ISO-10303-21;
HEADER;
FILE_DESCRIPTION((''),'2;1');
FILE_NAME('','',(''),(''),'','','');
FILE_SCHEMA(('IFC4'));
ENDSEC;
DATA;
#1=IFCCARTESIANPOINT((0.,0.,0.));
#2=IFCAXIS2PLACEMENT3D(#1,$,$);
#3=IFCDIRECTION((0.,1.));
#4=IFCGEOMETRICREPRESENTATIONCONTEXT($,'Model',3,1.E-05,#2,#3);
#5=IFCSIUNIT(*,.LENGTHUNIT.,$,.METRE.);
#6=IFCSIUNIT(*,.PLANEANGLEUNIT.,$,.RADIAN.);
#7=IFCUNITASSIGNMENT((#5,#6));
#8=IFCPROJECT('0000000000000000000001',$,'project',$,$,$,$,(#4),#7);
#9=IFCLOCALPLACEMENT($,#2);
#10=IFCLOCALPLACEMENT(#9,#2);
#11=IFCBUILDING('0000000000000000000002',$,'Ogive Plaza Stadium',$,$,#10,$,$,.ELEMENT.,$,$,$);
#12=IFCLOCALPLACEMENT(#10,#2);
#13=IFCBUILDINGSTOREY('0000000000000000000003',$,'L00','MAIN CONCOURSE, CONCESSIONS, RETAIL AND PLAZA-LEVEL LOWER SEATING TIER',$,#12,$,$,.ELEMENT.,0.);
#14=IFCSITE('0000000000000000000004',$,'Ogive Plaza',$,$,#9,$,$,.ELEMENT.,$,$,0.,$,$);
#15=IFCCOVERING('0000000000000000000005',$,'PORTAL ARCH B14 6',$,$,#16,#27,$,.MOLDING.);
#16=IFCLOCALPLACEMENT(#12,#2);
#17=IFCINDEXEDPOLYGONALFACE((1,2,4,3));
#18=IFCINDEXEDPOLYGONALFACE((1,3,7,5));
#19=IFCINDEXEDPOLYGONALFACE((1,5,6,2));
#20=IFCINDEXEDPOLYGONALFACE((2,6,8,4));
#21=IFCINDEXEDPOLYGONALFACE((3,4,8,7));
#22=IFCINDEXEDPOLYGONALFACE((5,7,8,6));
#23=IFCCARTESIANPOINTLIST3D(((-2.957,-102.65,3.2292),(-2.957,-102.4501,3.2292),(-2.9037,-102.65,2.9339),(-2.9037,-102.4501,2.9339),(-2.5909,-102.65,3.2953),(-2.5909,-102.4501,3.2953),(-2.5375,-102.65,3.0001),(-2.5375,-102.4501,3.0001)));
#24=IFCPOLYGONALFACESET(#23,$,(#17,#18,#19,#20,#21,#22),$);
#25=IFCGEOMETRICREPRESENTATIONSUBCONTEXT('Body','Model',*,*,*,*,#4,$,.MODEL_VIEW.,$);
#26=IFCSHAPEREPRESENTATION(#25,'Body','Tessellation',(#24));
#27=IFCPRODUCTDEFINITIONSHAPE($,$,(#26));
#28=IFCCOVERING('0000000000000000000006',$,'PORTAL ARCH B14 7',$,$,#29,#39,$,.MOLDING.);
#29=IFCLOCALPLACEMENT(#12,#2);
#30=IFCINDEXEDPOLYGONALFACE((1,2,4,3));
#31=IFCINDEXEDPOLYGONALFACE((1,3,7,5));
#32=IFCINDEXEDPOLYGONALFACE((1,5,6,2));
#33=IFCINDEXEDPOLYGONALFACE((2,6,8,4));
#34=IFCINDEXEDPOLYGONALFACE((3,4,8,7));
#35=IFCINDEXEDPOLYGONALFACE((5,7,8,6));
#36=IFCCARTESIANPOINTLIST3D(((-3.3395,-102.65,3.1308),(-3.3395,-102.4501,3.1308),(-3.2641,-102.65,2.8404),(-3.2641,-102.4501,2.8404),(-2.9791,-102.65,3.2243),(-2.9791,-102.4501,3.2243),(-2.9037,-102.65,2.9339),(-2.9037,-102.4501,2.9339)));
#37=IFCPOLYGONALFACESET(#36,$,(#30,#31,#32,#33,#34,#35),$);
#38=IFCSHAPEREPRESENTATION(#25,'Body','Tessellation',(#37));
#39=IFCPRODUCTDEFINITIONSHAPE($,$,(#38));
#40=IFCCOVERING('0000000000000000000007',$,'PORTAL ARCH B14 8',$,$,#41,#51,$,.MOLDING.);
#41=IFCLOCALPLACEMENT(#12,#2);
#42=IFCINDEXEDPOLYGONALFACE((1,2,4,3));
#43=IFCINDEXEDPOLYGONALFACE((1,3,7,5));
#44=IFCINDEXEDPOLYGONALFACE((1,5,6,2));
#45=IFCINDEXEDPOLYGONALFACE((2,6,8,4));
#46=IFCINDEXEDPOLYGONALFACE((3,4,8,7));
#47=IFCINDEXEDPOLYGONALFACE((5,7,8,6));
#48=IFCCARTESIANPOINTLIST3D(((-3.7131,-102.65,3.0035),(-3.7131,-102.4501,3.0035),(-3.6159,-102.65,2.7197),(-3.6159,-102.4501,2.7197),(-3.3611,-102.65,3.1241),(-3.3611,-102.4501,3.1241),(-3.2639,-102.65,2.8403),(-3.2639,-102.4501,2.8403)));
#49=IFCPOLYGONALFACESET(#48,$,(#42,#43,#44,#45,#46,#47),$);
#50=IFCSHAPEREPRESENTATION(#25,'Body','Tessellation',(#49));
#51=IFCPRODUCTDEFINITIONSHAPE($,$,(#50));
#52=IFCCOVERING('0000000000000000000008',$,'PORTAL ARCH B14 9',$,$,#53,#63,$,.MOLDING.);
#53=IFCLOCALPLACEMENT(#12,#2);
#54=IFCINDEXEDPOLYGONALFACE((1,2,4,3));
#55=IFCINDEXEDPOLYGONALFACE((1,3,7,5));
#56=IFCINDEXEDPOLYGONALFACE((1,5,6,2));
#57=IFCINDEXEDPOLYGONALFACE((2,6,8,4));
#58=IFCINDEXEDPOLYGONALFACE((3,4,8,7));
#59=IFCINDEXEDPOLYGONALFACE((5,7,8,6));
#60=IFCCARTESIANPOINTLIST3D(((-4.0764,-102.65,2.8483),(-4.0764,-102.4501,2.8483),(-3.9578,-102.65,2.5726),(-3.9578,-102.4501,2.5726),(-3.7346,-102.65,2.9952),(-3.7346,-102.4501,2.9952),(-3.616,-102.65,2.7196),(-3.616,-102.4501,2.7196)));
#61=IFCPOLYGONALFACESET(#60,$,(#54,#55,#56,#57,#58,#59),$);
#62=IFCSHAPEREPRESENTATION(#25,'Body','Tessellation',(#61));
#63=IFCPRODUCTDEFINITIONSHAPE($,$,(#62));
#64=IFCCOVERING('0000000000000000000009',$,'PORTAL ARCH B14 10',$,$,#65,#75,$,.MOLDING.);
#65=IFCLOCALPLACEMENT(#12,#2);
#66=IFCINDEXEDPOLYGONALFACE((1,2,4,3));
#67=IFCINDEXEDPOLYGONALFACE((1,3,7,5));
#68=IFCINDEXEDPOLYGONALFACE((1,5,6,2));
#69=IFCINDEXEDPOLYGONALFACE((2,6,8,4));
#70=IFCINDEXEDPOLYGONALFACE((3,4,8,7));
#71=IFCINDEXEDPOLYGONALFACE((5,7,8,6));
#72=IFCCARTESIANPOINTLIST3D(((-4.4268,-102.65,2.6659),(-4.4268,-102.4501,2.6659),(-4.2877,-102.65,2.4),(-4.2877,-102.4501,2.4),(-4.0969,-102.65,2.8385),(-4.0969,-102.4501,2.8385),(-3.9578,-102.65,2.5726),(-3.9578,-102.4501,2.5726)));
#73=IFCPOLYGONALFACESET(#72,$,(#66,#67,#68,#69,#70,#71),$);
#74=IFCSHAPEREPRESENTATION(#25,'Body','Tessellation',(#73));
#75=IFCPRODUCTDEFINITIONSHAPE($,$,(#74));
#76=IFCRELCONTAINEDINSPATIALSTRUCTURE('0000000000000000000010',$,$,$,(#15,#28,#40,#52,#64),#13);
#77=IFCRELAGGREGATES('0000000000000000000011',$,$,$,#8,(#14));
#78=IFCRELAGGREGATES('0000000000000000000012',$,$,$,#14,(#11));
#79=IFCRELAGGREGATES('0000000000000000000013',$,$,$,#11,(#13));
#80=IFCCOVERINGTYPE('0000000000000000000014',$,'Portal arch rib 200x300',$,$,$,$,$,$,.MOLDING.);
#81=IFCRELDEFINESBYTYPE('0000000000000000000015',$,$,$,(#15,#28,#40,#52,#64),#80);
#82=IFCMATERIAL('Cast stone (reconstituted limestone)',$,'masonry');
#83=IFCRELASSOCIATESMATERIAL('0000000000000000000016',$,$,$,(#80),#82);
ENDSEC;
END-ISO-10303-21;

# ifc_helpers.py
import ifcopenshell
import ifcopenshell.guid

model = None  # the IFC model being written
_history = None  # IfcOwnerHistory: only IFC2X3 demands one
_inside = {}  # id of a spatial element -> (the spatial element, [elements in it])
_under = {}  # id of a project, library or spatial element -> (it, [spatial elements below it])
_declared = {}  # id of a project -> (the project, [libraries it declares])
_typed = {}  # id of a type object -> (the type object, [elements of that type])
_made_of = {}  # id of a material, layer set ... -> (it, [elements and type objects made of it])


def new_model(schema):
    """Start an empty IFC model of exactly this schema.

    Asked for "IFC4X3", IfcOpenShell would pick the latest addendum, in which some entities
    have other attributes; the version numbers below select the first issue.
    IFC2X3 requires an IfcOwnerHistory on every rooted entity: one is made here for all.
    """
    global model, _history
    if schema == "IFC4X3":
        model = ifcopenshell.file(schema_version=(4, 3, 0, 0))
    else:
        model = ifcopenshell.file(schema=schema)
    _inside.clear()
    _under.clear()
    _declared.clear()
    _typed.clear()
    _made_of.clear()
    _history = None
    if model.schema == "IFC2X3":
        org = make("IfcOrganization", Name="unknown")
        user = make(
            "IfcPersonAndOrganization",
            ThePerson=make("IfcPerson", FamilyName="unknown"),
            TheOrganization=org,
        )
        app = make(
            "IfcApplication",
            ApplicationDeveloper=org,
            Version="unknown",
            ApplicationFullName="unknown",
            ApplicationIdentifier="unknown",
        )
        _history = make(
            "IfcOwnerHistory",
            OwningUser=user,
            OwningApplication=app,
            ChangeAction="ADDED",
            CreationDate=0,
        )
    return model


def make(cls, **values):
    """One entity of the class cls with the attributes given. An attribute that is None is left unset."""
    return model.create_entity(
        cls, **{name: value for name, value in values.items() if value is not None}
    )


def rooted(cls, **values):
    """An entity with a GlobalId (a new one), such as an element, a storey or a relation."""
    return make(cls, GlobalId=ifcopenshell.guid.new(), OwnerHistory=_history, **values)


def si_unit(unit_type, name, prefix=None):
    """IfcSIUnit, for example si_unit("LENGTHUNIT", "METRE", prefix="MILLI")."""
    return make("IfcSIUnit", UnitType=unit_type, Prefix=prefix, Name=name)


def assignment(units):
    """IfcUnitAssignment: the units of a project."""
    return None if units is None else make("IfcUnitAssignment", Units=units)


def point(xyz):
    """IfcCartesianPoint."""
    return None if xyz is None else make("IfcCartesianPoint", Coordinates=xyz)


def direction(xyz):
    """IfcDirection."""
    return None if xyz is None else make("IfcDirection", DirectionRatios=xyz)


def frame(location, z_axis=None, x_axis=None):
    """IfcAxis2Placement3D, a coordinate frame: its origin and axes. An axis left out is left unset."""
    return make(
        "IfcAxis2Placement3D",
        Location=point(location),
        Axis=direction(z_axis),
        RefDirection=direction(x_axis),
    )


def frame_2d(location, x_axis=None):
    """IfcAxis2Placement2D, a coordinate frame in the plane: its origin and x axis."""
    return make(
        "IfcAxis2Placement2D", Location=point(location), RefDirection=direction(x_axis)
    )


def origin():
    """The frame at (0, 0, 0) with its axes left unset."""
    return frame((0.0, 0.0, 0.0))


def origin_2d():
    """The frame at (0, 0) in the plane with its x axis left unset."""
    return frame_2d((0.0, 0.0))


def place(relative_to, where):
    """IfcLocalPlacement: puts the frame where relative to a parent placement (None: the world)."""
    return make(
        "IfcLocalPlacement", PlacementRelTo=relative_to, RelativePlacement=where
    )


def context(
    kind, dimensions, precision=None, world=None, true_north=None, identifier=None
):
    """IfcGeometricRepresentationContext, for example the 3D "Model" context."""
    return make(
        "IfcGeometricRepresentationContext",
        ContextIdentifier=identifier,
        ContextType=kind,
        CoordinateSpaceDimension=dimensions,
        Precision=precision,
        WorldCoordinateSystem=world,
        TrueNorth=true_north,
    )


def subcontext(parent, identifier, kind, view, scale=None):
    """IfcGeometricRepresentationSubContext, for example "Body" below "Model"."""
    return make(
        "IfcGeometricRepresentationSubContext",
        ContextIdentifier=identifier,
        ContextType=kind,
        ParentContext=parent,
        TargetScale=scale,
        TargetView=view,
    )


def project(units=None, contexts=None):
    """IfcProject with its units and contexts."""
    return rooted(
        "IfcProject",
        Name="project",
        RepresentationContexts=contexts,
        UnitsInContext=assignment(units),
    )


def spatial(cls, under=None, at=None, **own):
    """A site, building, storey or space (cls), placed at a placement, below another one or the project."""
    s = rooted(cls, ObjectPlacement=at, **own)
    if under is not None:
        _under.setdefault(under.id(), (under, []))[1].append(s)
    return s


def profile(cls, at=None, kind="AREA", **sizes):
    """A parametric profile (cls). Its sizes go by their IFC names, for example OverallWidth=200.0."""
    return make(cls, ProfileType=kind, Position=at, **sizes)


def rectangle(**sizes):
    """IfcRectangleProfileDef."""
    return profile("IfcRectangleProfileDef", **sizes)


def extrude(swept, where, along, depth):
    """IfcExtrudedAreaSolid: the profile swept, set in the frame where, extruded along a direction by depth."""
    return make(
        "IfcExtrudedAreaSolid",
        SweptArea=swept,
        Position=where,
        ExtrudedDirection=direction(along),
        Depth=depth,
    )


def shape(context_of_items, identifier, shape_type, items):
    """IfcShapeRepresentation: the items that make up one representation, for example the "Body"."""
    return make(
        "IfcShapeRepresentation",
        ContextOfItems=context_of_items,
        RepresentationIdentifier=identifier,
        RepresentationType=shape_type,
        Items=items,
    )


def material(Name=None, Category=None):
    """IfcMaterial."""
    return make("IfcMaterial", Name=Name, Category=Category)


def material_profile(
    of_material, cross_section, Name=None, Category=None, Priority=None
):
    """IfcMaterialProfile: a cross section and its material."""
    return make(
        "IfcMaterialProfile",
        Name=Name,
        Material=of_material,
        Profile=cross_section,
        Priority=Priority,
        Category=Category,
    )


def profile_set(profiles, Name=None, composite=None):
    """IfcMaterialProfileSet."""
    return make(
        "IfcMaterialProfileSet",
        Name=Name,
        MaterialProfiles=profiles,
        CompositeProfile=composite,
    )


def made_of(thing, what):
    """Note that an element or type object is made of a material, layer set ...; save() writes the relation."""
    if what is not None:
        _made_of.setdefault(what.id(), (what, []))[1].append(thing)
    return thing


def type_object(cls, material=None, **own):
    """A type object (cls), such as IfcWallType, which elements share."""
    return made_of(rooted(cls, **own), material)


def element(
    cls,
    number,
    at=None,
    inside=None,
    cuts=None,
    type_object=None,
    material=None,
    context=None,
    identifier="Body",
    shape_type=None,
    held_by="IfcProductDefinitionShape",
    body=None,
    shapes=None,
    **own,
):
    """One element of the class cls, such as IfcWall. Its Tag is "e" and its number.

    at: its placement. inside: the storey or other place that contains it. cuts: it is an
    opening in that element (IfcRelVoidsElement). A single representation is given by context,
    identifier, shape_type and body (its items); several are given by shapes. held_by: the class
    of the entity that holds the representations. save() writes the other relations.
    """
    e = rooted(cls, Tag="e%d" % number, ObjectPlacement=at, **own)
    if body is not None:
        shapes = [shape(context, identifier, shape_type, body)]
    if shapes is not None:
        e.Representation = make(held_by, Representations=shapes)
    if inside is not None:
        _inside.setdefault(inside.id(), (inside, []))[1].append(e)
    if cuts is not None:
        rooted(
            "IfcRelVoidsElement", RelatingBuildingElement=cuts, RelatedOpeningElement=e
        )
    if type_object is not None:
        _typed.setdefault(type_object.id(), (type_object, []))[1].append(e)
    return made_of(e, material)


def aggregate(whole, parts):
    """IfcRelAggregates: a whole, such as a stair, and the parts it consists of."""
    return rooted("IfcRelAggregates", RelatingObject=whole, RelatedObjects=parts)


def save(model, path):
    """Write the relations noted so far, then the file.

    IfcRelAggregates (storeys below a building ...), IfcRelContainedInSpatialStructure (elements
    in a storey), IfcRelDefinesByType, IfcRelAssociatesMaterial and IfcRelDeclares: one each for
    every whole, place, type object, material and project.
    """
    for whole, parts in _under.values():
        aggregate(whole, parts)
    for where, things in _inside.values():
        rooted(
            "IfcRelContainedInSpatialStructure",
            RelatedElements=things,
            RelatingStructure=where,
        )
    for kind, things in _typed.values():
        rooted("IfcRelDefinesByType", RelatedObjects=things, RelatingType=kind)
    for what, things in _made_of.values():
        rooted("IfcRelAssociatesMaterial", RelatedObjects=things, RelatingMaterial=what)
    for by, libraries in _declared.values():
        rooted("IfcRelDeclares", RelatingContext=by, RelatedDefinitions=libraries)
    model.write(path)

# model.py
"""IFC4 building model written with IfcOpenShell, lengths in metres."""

from ifc_helpers import new_model, si_unit, direction, frame, origin, origin_2d, place, context, subcontext, project, spatial, rectangle, extrude, material, material_profile, profile_set, type_object, element, save


model = new_model("IFC4")

# Units and contexts
model_context = context("Model", 3, precision=1e-05, world=origin(), true_north=direction((0.0, 1.0)))
body_context = subcontext(model_context, "Body", "Model", "MODEL_VIEW")
ifc_project = project(units=[si_unit("LENGTHUNIT", "METRE"), si_unit("PLANEANGLEUNIT", "RADIAN")], contexts=[model_context])

# Site, building, storey
site_placement = place(None, origin())
site = spatial("IfcSite", under=ifc_project, at=site_placement, Name="Ogive Plaza", CompositionType="ELEMENT", RefElevation=0.0)
building_placement = place(site_placement, origin())
building = spatial("IfcBuilding", under=site, at=building_placement, Name="Ogive Plaza Stadium", CompositionType="ELEMENT")
storey_placement = place(building_placement, origin())
storey = spatial("IfcBuildingStorey", under=building, at=storey_placement, Name="L00", Description="MAIN CONCOURSE, CONCESSIONS, RETAIL AND PLAZA-LEVEL LOWER SEATING TIER", CompositionType="ELEMENT", Elevation=0.0)

# Coverings
ifc_material_1 = material(Name="Cast stone (reconstituted limestone)", Category="masonry")
ifc_material_profile_1 = material_profile(ifc_material_1, rectangle(XDim=0.2, YDim=0.3, at=origin_2d()), Name="Cast stone 200x300")
ifc_profile_set_1 = profile_set([ifc_material_profile_1], Name="Cast stone (reconstituted limestone)")
covering_type = type_object("IfcCoveringType", Name="Portal arch rib 200x300", PredefinedType="MOLDING", material=ifc_profile_set_1)
covering_1_placement = place(storey_placement, frame((-2.5642, -102.55, 3.1477), z_axis=(-0.984069, 0.0, -0.177788), x_axis=(0.0, -1.0, 0.0)))
element("IfcCovering", 1, at=covering_1_placement, inside=storey, type_object=covering_type, Name="PORTAL ARCH B14 6", PredefinedType="MOLDING", context=body_context, shape_type="SweptSolid", body=[
    extrude(rectangle(XDim=0.2, YDim=0.3, at=origin_2d()), origin(), (0.0, 0.0, 1.0), 0.3721),
])
covering_2_placement = place(storey_placement, frame((-2.9414, -102.55, 3.0791), z_axis=(-0.967944, 0.0, -0.251167), x_axis=(0.0, -1.0, 0.0)))
element("IfcCovering", 2, at=covering_2_placement, inside=storey, type_object=covering_type, Name="PORTAL ARCH B14 7", PredefinedType="MOLDING", context=body_context, shape_type="SweptSolid", body=[
    extrude(rectangle(XDim=0.2, YDim=0.3, at=origin_2d()), origin(), (0.0, 0.0, 1.0), 0.3723),
])
for number, where, z_axis, x_axis, name in (
    (3, (-3.3125, -102.55, 2.9822), (-0.946026, 0.0, -0.324089), (0.0, -1.0, 0.0), "PORTAL ARCH B14 8"),
    (4, (-3.6753, -102.55, 2.8574), (-0.918669, 0.0, -0.395028), (0.0, -1.0, 0.0), "PORTAL ARCH B14 9"),
):
    element("IfcCovering", number, at=place(storey_placement, frame(where, z_axis=z_axis, x_axis=x_axis)), inside=storey, type_object=covering_type, Name=name, PredefinedType="MOLDING", context=body_context, shape_type="SweptSolid", body=[
        extrude(rectangle(XDim=0.2, YDim=0.3, at=origin_2d()), origin(), (0.0, 0.0, 1.0), 0.3721),
    ])
covering_3_placement = place(storey_placement, frame((-4.0273, -102.55, 2.7056), z_axis=(-0.886011, 0.0, -0.463664), x_axis=(0.0, -1.0, 0.0)))
element("IfcCovering", 5, at=covering_3_placement, inside=storey, type_object=covering_type, Name="PORTAL ARCH B14 10", PredefinedType="MOLDING", context=body_context, shape_type="SweptSolid", body=[
    extrude(rectangle(XDim=0.2, YDim=0.3, at=origin_2d()), origin(), (0.0, 0.0, 1.0), 0.3723),
])

save(model, "model.ifc")
